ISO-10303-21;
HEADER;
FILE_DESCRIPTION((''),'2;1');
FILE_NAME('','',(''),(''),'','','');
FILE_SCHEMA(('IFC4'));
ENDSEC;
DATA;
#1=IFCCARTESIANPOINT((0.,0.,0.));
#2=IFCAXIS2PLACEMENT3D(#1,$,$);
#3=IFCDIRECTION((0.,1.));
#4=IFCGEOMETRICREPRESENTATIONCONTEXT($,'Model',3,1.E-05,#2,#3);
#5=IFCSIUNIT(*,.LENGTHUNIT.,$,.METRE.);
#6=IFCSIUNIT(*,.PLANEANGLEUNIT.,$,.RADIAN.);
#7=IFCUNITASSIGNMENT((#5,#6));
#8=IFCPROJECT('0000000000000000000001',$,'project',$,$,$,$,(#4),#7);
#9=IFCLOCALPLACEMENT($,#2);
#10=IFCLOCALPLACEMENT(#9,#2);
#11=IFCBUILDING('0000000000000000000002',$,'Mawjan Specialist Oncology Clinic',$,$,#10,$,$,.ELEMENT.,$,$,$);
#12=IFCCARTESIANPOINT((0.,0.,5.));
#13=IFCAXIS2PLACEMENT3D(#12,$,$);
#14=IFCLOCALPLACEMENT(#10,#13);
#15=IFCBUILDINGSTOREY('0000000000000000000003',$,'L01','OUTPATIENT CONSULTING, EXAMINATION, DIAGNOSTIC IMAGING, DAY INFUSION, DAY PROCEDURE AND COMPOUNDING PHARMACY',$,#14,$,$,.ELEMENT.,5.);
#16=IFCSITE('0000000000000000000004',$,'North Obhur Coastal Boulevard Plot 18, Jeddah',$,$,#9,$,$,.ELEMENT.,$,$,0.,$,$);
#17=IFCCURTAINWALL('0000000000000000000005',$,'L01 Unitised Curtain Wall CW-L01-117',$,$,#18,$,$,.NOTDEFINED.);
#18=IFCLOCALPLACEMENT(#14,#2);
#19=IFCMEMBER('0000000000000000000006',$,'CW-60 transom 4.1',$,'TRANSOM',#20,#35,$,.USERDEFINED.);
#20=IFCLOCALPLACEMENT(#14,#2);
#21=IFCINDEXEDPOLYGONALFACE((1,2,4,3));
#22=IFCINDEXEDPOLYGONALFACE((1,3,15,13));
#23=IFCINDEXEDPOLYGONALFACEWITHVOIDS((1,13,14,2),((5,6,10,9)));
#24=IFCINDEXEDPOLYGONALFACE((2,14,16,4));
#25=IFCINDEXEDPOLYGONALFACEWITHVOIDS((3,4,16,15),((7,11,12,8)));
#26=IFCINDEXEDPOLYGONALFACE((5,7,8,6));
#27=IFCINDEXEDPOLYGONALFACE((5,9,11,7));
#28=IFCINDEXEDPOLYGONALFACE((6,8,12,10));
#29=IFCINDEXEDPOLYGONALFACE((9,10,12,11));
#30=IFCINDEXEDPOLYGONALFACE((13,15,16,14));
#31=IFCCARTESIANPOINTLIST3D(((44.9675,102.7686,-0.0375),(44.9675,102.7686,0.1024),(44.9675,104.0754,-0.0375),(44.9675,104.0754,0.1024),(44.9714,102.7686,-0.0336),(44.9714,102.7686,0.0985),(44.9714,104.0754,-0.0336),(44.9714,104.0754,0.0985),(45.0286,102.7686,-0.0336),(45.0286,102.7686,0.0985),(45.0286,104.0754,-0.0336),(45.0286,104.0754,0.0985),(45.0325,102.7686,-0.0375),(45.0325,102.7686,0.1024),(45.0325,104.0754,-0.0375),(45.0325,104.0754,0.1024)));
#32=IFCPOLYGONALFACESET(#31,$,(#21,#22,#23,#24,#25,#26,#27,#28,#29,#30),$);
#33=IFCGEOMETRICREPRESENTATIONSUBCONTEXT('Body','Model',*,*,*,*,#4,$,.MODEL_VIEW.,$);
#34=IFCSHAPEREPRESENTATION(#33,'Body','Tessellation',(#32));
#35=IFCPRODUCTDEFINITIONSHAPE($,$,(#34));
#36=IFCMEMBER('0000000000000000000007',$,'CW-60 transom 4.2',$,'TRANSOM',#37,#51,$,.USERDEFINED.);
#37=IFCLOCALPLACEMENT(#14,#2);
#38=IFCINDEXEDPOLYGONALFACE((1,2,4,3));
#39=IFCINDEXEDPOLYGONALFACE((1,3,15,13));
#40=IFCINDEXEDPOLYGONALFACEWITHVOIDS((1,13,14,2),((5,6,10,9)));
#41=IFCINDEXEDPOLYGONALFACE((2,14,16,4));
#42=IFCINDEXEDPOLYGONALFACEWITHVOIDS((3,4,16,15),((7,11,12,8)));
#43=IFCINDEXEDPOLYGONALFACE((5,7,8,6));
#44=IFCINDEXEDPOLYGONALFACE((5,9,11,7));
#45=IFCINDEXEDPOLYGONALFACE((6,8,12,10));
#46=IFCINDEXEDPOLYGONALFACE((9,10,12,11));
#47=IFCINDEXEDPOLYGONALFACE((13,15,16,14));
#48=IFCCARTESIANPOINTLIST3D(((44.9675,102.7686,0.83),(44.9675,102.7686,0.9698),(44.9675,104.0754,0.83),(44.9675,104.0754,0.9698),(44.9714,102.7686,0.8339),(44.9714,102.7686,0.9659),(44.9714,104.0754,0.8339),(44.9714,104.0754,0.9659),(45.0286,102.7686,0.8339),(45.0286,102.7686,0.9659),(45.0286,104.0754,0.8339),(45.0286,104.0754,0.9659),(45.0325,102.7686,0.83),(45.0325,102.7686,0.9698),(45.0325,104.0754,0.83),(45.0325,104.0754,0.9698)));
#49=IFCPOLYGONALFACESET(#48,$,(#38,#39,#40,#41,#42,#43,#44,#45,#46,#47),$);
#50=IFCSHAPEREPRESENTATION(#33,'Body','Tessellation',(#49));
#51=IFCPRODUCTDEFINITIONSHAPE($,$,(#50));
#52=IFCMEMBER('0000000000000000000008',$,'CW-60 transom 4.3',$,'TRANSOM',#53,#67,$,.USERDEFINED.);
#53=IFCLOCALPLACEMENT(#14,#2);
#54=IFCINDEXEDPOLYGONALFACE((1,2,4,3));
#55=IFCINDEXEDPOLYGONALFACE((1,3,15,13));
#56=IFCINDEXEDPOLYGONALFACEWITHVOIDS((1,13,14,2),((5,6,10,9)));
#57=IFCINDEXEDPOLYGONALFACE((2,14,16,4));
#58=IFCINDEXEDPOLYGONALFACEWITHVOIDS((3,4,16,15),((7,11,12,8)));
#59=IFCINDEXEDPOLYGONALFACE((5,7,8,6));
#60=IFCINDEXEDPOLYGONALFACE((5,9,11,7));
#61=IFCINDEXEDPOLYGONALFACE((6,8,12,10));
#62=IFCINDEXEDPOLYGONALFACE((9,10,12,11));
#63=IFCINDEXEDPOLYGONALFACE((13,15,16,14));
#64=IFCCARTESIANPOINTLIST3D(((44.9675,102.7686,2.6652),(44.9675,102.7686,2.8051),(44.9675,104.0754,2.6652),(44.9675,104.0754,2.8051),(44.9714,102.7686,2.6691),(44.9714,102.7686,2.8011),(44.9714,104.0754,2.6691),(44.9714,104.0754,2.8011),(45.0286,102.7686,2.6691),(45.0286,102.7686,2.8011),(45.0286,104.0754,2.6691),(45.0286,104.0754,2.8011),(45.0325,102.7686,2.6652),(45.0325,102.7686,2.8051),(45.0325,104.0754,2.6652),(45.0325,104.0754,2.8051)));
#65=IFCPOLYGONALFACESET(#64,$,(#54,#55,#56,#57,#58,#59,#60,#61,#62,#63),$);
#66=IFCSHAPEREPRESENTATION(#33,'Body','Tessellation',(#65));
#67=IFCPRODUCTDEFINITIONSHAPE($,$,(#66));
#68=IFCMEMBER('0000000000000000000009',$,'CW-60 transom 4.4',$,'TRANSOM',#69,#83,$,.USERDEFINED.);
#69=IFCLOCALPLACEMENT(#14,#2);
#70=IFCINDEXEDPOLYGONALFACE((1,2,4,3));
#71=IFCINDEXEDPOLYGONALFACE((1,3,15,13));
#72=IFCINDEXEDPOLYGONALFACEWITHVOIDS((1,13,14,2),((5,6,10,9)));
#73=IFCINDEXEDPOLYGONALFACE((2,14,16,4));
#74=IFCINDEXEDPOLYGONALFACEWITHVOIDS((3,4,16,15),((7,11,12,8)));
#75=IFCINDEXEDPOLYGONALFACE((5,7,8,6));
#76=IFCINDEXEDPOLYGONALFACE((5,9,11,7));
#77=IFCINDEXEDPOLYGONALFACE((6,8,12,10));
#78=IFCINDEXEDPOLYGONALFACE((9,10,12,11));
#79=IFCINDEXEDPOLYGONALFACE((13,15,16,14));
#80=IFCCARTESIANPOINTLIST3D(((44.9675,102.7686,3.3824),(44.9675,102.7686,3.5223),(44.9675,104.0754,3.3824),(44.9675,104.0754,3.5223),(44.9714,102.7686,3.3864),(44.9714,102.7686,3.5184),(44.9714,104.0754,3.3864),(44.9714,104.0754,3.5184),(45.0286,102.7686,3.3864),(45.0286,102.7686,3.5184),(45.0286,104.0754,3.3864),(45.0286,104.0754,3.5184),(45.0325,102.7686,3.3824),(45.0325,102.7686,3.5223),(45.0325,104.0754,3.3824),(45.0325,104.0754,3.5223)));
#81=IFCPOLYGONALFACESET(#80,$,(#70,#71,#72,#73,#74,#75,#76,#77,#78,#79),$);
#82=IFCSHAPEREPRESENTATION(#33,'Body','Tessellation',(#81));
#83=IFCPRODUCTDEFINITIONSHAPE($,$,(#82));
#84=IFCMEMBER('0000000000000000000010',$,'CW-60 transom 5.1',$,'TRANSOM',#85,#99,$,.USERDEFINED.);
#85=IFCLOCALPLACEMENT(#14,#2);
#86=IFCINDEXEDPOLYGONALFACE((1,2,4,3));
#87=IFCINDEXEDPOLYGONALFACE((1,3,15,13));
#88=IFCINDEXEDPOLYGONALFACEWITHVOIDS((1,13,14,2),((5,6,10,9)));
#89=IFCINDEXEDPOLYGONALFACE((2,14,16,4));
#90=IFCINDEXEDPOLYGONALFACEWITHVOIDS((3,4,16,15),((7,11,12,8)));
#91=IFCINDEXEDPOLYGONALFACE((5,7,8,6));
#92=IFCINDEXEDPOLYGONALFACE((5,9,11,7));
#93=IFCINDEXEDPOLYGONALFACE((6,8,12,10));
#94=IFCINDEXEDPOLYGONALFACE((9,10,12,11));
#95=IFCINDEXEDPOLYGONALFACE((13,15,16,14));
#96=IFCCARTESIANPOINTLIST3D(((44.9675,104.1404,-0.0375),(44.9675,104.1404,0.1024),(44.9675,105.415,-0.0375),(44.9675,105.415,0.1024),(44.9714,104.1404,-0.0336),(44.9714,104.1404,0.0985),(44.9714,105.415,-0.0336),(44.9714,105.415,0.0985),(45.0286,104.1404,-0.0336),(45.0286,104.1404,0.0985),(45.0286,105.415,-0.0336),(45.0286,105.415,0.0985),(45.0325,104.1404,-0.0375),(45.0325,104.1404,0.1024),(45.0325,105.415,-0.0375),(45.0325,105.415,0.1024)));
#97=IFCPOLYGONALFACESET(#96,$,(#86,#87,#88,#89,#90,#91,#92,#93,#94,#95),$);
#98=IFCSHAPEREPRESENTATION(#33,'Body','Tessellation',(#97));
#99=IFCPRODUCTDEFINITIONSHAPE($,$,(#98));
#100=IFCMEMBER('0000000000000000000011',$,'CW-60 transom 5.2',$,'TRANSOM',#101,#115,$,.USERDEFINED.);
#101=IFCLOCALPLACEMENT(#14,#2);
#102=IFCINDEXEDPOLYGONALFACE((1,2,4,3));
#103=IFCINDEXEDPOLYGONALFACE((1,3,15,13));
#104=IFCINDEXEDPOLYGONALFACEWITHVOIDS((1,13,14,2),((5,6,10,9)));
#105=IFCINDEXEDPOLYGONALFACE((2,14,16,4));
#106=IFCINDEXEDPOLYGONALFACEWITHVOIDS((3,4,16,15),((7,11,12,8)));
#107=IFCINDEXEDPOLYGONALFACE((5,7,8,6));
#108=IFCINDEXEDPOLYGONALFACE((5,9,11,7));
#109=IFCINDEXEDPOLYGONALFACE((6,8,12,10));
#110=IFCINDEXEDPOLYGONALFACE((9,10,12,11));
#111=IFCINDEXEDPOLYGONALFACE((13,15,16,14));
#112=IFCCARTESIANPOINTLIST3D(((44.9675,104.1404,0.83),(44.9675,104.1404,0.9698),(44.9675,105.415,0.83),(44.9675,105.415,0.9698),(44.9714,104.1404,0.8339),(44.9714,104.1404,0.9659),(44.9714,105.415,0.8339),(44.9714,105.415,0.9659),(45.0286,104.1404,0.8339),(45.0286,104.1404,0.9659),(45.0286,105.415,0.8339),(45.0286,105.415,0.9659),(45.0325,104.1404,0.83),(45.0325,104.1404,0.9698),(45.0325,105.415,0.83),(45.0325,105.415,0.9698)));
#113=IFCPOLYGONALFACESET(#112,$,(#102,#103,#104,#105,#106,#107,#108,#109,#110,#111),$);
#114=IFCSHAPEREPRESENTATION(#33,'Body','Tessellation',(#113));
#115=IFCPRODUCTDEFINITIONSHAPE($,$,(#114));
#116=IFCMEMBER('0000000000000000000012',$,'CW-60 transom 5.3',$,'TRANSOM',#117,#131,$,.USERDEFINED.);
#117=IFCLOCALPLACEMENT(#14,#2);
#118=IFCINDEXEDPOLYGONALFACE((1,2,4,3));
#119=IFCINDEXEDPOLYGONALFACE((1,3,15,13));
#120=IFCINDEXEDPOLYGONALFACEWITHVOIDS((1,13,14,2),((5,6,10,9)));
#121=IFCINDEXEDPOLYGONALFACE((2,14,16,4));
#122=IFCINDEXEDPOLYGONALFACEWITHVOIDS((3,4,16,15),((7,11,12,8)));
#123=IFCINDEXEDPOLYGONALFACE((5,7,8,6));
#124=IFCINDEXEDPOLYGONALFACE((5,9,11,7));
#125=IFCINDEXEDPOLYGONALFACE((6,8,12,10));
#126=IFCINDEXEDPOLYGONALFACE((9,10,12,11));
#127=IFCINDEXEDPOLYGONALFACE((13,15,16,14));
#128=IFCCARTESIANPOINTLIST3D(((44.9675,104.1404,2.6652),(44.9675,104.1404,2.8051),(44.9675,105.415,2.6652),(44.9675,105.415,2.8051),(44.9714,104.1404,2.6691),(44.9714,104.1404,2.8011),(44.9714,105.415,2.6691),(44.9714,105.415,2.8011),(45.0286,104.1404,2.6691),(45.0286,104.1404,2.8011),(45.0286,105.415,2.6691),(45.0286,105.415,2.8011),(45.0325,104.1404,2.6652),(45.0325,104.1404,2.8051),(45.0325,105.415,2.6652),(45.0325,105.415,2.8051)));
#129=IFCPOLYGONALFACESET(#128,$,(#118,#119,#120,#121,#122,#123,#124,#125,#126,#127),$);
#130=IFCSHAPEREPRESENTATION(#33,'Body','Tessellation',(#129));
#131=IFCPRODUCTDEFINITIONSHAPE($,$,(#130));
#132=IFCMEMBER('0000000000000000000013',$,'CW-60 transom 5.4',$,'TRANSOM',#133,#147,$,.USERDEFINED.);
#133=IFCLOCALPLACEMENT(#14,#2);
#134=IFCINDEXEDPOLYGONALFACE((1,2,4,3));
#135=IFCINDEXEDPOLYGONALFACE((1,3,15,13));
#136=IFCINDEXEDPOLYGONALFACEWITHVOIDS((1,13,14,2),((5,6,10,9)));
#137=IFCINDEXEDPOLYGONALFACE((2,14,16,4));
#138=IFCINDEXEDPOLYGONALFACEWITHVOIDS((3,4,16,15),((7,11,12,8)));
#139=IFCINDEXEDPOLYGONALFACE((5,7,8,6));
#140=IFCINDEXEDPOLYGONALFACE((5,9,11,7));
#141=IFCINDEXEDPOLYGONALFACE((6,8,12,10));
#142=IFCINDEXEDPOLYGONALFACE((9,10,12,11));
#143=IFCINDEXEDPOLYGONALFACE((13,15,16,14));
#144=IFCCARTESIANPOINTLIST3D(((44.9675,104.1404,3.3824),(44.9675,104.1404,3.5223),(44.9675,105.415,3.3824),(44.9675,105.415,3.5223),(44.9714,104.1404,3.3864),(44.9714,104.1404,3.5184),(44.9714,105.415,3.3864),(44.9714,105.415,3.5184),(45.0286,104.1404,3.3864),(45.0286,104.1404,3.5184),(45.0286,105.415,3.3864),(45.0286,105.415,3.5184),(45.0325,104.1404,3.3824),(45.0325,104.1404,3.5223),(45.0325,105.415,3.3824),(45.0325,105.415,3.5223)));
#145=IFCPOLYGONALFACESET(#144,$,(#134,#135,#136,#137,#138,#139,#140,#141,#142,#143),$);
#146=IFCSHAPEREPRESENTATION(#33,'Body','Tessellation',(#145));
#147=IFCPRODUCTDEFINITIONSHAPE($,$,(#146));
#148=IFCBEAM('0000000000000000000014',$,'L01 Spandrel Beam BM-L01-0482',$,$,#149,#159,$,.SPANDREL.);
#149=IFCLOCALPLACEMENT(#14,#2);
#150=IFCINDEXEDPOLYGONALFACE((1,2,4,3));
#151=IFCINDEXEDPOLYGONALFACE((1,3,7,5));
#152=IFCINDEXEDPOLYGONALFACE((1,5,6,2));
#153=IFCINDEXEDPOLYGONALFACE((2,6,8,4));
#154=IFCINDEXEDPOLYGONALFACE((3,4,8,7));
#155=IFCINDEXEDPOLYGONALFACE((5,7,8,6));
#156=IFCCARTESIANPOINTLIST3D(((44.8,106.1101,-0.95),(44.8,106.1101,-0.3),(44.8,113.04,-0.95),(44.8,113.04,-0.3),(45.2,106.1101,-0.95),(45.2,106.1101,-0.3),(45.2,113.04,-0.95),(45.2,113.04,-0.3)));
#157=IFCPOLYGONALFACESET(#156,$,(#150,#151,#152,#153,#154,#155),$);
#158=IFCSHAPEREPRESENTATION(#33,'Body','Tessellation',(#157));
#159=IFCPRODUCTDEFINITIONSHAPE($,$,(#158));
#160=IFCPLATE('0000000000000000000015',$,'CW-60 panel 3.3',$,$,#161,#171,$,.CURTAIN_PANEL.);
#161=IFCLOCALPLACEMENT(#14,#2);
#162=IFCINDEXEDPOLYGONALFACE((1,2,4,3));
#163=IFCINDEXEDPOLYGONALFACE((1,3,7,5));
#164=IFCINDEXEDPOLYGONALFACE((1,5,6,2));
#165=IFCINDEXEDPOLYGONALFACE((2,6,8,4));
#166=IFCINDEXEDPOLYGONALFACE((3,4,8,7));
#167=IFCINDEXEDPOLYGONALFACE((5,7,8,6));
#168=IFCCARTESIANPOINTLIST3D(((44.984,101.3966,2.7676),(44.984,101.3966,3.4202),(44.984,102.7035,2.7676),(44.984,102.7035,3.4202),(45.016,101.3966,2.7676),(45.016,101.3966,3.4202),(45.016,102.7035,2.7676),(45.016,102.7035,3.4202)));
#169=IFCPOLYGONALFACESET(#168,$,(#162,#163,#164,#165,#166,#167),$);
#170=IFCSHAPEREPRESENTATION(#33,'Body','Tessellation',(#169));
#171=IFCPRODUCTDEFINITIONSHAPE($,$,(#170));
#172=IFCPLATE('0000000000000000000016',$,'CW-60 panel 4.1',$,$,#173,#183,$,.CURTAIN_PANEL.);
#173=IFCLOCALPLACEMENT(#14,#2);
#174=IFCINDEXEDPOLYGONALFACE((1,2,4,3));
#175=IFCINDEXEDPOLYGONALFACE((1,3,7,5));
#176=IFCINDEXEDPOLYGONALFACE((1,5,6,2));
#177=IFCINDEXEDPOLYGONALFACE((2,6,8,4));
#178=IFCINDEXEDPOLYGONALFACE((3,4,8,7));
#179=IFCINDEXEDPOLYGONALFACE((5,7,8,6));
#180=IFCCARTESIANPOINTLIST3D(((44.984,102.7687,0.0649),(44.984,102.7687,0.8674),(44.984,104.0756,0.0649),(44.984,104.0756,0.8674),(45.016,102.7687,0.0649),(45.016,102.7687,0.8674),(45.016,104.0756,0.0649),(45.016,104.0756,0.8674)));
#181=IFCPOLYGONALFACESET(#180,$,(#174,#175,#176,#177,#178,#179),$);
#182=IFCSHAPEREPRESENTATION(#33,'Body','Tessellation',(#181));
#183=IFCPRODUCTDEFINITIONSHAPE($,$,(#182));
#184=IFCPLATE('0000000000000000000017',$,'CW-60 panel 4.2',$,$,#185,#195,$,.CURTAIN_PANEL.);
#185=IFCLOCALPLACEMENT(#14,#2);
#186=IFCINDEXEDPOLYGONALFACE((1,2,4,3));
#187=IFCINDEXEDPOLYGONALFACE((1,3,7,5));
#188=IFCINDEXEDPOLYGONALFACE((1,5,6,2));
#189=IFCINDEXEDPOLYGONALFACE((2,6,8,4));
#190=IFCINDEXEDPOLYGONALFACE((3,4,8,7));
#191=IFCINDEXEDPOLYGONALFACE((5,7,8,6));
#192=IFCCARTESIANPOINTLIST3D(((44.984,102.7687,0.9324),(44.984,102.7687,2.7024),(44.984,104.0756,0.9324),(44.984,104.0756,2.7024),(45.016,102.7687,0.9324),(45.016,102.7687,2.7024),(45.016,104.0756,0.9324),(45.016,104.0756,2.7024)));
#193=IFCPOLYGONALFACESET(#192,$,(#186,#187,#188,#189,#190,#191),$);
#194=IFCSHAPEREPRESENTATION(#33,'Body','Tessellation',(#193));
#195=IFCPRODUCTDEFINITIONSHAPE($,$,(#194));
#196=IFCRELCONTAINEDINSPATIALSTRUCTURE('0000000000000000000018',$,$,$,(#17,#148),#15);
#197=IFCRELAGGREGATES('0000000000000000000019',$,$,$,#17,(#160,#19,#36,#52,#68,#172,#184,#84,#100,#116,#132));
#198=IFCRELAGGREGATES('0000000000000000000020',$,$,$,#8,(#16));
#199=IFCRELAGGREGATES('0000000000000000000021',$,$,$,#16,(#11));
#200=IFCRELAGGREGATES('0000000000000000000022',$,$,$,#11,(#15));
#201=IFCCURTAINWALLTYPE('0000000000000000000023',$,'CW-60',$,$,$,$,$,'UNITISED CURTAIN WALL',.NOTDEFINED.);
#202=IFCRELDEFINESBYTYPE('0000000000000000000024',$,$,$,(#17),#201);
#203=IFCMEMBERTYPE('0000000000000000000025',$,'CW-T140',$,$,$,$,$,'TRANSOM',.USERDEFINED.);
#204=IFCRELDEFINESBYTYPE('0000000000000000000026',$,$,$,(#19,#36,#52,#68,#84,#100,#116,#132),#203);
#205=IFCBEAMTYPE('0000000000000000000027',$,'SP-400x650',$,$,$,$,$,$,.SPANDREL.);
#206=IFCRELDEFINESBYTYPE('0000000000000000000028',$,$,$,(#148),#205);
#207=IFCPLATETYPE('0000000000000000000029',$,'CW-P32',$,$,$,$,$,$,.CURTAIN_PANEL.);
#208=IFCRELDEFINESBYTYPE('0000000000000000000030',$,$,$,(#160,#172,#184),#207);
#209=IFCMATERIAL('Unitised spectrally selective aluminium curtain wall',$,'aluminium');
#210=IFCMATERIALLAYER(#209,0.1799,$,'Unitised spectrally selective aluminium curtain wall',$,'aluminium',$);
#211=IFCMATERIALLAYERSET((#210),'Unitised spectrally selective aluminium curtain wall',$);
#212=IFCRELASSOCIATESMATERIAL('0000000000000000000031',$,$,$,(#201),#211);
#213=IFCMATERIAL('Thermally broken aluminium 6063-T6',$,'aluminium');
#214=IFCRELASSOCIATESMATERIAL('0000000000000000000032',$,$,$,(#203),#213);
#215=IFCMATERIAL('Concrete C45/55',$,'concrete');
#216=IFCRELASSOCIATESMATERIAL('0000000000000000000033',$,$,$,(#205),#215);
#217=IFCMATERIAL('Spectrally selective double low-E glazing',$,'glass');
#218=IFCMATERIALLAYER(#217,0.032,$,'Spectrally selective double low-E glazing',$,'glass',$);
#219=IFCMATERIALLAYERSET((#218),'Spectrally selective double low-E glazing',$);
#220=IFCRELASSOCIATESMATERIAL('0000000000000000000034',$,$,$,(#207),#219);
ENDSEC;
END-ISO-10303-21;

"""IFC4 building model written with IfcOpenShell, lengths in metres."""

from ifc_helpers import new_model, si_unit, direction, frame, origin, origin_2d, place, context, subcontext, project, spatial, rectangle, hollow_rectangle, extrude, material, layer, layer_set, material_profile, profile_set, type_object, element, aggregate, save


model = new_model("IFC4")

# Units and contexts
model_context = context("Model", 3, precision=1e-05, world=origin(), true_north=direction((0.0, 1.0)))
body_context = subcontext(model_context, "Body", "Model", "MODEL_VIEW")
ifc_project = project(units=[si_unit("LENGTHUNIT", "METRE"), si_unit("PLANEANGLEUNIT", "RADIAN")], contexts=[model_context])

# Site, building, storey
site_placement = place(None, origin())
site = spatial("IfcSite", under=ifc_project, at=site_placement, Name="North Obhur Coastal Boulevard Plot 18, Jeddah", CompositionType="ELEMENT", RefElevation=0.0)
building_placement = place(site_placement, origin())
building = spatial("IfcBuilding", under=site, at=building_placement, Name="Mawjan Specialist Oncology Clinic", CompositionType="ELEMENT")
storey_placement = place(building_placement, frame((0.0, 0.0, 5.0)))
storey = spatial("IfcBuildingStorey", under=building, at=storey_placement, Name="L01", Description="OUTPATIENT CONSULTING, EXAMINATION, DIAGNOSTIC IMAGING, DAY INFUSION, DAY PROCEDURE AND COMPOUNDING PHARMACY", CompositionType="ELEMENT", Elevation=5.0)

# Curtain wall, members
ifc_material_1 = material(Name="Unitised spectrally selective aluminium curtain wall", Category="aluminium")
ifc_layer_1 = layer(ifc_material_1, 0.1799, Name="Unitised spectrally selective aluminium curtain wall", Category="aluminium")
ifc_layer_set_1 = layer_set([ifc_layer_1], Name="Unitised spectrally selective aluminium curtain wall")
curtain_wall_type = type_object("IfcCurtainWallType", Name="CW-60", ElementType="UNITISED CURTAIN WALL", PredefinedType="NOTDEFINED", material=ifc_layer_set_1)
curtain_wall_placement = place(storey_placement, origin())
curtain_wall = element("IfcCurtainWall", 1, at=curtain_wall_placement, inside=storey, type_object=curtain_wall_type, Name="L01 Unitised Curtain Wall CW-L01-117", PredefinedType="NOTDEFINED")
ifc_material_2 = material(Name="Thermally broken aluminium 6063-T6", Category="aluminium")
ifc_material_profile_1 = material_profile(ifc_material_2, hollow_rectangle(XDim=0.0649, YDim=0.1399, WallThickness=0.0039, at=origin_2d()), Name="ALU TRANSOM 140x65x4", Category="aluminium")
ifc_profile_set_1 = profile_set([ifc_material_profile_1], Name="Thermally broken aluminium 6063-T6")
member_type_1 = type_object("IfcMemberType", Name="CW-T140", ElementType="TRANSOM", PredefinedType="USERDEFINED", material=ifc_profile_set_1)
member_1_placement = place(storey_placement, frame((45.0, 102.7686, 0.0325), z_axis=(0.0, 1.0, 0.0), x_axis=(-1.0, 0.0, 0.0)))
member_1 = element("IfcMember", 2, at=member_1_placement, type_object=member_type_1, Name="CW-60 transom 4.1", ObjectType="TRANSOM", PredefinedType="USERDEFINED", context=body_context, shape_type="SweptSolid", body=[
    extrude(hollow_rectangle(XDim=0.0649, YDim=0.1399, WallThickness=0.0039, at=origin_2d()), origin(), (0.0, 0.0, 1.0), 1.3069),
])
member_2_placement = place(storey_placement, frame((45.0, 102.7686, 0.8999), z_axis=(0.0, 1.0, 0.0), x_axis=(-1.0, 0.0, 0.0)))
member_2 = element("IfcMember", 3, at=member_2_placement, type_object=member_type_1, Name="CW-60 transom 4.2", ObjectType="TRANSOM", PredefinedType="USERDEFINED", context=body_context, shape_type="SweptSolid", body=[
    extrude(hollow_rectangle(XDim=0.0649, YDim=0.1399, WallThickness=0.0039, at=origin_2d()), origin(), (0.0, 0.0, 1.0), 1.3069),
])
member_3_placement = place(storey_placement, frame((45.0, 102.7686, 2.7351), z_axis=(0.0, 1.0, 0.0), x_axis=(-1.0, 0.0, 0.0)))
member_3 = element("IfcMember", 4, at=member_3_placement, type_object=member_type_1, Name="CW-60 transom 4.3", ObjectType="TRANSOM", PredefinedType="USERDEFINED", context=body_context, shape_type="SweptSolid", body=[
    extrude(hollow_rectangle(XDim=0.0649, YDim=0.1399, WallThickness=0.0039, at=origin_2d()), origin(), (0.0, 0.0, 1.0), 1.3069),
])
member_4_placement = place(storey_placement, frame((45.0, 102.7686, 3.4524), z_axis=(0.0, 1.0, 0.0), x_axis=(-1.0, 0.0, 0.0)))
member_4 = element("IfcMember", 5, at=member_4_placement, type_object=member_type_1, Name="CW-60 transom 4.4", ObjectType="TRANSOM", PredefinedType="USERDEFINED", context=body_context, shape_type="SweptSolid", body=[
    extrude(hollow_rectangle(XDim=0.0649, YDim=0.1399, WallThickness=0.0039, at=origin_2d()), origin(), (0.0, 0.0, 1.0), 1.3069),
])
member_5_placement = place(storey_placement, frame((45.0, 104.1404, 0.0325), z_axis=(0.0, 1.0, 0.0), x_axis=(-1.0, 0.0, 0.0)))
member_5 = element("IfcMember", 6, at=member_5_placement, type_object=member_type_1, Name="CW-60 transom 5.1", ObjectType="TRANSOM", PredefinedType="USERDEFINED", context=body_context, shape_type="SweptSolid", body=[
    extrude(hollow_rectangle(XDim=0.0649, YDim=0.1399, WallThickness=0.0039, at=origin_2d()), origin(), (0.0, 0.0, 1.0), 1.2747),
])
member_6_placement = place(storey_placement, frame((45.0, 104.1404, 0.8999), z_axis=(0.0, 1.0, 0.0), x_axis=(-1.0, 0.0, 0.0)))
member_6 = element("IfcMember", 7, at=member_6_placement, type_object=member_type_1, Name="CW-60 transom 5.2", ObjectType="TRANSOM", PredefinedType="USERDEFINED", context=body_context, shape_type="SweptSolid", body=[
    extrude(hollow_rectangle(XDim=0.0649, YDim=0.1399, WallThickness=0.0039, at=origin_2d()), origin(), (0.0, 0.0, 1.0), 1.2747),
])
member_7_placement = place(storey_placement, frame((45.0, 104.1404, 2.7351), z_axis=(0.0, 1.0, 0.0), x_axis=(-1.0, 0.0, 0.0)))
member_7 = element("IfcMember", 8, at=member_7_placement, type_object=member_type_1, Name="CW-60 transom 5.3", ObjectType="TRANSOM", PredefinedType="USERDEFINED", context=body_context, shape_type="SweptSolid", body=[
    extrude(hollow_rectangle(XDim=0.0649, YDim=0.1399, WallThickness=0.0039, at=origin_2d()), origin(), (0.0, 0.0, 1.0), 1.2747),
])
member_8_placement = place(storey_placement, frame((45.0, 104.1404, 3.4524), z_axis=(0.0, 1.0, 0.0), x_axis=(-1.0, 0.0, 0.0)))
member_8 = element("IfcMember", 9, at=member_8_placement, type_object=member_type_1, Name="CW-60 transom 5.4", ObjectType="TRANSOM", PredefinedType="USERDEFINED", context=body_context, shape_type="SweptSolid", body=[
    extrude(hollow_rectangle(XDim=0.0649, YDim=0.1399, WallThickness=0.0039, at=origin_2d()), origin(), (0.0, 0.0, 1.0), 1.2747),
])

# Beam
ifc_material_3 = material(Name="Concrete C45/55", Category="concrete")
ifc_material_profile_2 = material_profile(ifc_material_3, rectangle(XDim=0.3999, YDim=0.6499, at=origin_2d()), Name="RC BM 400x650", Category="concrete")
ifc_profile_set_2 = profile_set([ifc_material_profile_2], Name="Concrete C45/55")
beam_type_1 = type_object("IfcBeamType", Name="SP-400x650", PredefinedType="SPANDREL", material=ifc_profile_set_2)
beam_1_placement = place(storey_placement, frame((45.0, 106.1101, -0.625), z_axis=(0.0, 1.0, 0.0), x_axis=(-1.0, 0.0, 0.0)))
element("IfcBeam", 10, at=beam_1_placement, inside=storey, type_object=beam_type_1, Name="L01 Spandrel Beam BM-L01-0482", PredefinedType="SPANDREL", context=body_context, shape_type="SweptSolid", body=[
    extrude(rectangle(XDim=0.3999, YDim=0.6499, at=origin_2d()), origin(), (0.0, 0.0, 1.0), 6.9299),
])

# Plates
ifc_material_4 = material(Name="Spectrally selective double low-E glazing", Category="glass")
ifc_layer_2 = layer(ifc_material_4, 0.032, Name="Spectrally selective double low-E glazing", Category="glass")
ifc_layer_set_2 = layer_set([ifc_layer_2], Name="Spectrally selective double low-E glazing")
plate_type = type_object("IfcPlateType", Name="CW-P32", PredefinedType="CURTAIN_PANEL", material=ifc_layer_set_2)
plate_1_placement = place(storey_placement, frame((45.0, 102.05, 2.7676), z_axis=(0.0, 0.0, 1.0), x_axis=(0.0, 1.0, 0.0)))
plate_1 = element("IfcPlate", 11, at=plate_1_placement, type_object=plate_type, Name="CW-60 panel 3.3", PredefinedType="CURTAIN_PANEL", context=body_context, shape_type="SweptSolid", body=[
    extrude(rectangle(XDim=1.3069, YDim=0.032, at=origin_2d()), origin(), (0.0, 0.0, 1.0), 0.6526),
])
plate_2_placement = place(storey_placement, frame((45.0, 103.4221, 0.0649), z_axis=(0.0, 0.0, 1.0), x_axis=(0.0, 1.0, 0.0)))
plate_2 = element("IfcPlate", 12, at=plate_2_placement, type_object=plate_type, Name="CW-60 panel 4.1", PredefinedType="CURTAIN_PANEL", context=body_context, shape_type="SweptSolid", body=[
    extrude(rectangle(XDim=1.3069, YDim=0.032, at=origin_2d()), origin(), (0.0, 0.0, 1.0), 0.8025),
])
plate_3_placement = place(storey_placement, frame((45.0, 103.4221, 0.9324), z_axis=(0.0, 0.0, 1.0), x_axis=(0.0, 1.0, 0.0)))
plate_3 = element("IfcPlate", 13, at=plate_3_placement, type_object=plate_type, Name="CW-60 panel 4.2", PredefinedType="CURTAIN_PANEL", context=body_context, shape_type="SweptSolid", body=[
    extrude(rectangle(XDim=1.3069, YDim=0.032, at=origin_2d()), origin(), (0.0, 0.0, 1.0), 1.77),
])
aggregate(curtain_wall, [plate_1, member_1, member_2, member_3, member_4, plate_2, plate_3, member_5, member_6, member_7, member_8])

save(model, "model.ifc")
